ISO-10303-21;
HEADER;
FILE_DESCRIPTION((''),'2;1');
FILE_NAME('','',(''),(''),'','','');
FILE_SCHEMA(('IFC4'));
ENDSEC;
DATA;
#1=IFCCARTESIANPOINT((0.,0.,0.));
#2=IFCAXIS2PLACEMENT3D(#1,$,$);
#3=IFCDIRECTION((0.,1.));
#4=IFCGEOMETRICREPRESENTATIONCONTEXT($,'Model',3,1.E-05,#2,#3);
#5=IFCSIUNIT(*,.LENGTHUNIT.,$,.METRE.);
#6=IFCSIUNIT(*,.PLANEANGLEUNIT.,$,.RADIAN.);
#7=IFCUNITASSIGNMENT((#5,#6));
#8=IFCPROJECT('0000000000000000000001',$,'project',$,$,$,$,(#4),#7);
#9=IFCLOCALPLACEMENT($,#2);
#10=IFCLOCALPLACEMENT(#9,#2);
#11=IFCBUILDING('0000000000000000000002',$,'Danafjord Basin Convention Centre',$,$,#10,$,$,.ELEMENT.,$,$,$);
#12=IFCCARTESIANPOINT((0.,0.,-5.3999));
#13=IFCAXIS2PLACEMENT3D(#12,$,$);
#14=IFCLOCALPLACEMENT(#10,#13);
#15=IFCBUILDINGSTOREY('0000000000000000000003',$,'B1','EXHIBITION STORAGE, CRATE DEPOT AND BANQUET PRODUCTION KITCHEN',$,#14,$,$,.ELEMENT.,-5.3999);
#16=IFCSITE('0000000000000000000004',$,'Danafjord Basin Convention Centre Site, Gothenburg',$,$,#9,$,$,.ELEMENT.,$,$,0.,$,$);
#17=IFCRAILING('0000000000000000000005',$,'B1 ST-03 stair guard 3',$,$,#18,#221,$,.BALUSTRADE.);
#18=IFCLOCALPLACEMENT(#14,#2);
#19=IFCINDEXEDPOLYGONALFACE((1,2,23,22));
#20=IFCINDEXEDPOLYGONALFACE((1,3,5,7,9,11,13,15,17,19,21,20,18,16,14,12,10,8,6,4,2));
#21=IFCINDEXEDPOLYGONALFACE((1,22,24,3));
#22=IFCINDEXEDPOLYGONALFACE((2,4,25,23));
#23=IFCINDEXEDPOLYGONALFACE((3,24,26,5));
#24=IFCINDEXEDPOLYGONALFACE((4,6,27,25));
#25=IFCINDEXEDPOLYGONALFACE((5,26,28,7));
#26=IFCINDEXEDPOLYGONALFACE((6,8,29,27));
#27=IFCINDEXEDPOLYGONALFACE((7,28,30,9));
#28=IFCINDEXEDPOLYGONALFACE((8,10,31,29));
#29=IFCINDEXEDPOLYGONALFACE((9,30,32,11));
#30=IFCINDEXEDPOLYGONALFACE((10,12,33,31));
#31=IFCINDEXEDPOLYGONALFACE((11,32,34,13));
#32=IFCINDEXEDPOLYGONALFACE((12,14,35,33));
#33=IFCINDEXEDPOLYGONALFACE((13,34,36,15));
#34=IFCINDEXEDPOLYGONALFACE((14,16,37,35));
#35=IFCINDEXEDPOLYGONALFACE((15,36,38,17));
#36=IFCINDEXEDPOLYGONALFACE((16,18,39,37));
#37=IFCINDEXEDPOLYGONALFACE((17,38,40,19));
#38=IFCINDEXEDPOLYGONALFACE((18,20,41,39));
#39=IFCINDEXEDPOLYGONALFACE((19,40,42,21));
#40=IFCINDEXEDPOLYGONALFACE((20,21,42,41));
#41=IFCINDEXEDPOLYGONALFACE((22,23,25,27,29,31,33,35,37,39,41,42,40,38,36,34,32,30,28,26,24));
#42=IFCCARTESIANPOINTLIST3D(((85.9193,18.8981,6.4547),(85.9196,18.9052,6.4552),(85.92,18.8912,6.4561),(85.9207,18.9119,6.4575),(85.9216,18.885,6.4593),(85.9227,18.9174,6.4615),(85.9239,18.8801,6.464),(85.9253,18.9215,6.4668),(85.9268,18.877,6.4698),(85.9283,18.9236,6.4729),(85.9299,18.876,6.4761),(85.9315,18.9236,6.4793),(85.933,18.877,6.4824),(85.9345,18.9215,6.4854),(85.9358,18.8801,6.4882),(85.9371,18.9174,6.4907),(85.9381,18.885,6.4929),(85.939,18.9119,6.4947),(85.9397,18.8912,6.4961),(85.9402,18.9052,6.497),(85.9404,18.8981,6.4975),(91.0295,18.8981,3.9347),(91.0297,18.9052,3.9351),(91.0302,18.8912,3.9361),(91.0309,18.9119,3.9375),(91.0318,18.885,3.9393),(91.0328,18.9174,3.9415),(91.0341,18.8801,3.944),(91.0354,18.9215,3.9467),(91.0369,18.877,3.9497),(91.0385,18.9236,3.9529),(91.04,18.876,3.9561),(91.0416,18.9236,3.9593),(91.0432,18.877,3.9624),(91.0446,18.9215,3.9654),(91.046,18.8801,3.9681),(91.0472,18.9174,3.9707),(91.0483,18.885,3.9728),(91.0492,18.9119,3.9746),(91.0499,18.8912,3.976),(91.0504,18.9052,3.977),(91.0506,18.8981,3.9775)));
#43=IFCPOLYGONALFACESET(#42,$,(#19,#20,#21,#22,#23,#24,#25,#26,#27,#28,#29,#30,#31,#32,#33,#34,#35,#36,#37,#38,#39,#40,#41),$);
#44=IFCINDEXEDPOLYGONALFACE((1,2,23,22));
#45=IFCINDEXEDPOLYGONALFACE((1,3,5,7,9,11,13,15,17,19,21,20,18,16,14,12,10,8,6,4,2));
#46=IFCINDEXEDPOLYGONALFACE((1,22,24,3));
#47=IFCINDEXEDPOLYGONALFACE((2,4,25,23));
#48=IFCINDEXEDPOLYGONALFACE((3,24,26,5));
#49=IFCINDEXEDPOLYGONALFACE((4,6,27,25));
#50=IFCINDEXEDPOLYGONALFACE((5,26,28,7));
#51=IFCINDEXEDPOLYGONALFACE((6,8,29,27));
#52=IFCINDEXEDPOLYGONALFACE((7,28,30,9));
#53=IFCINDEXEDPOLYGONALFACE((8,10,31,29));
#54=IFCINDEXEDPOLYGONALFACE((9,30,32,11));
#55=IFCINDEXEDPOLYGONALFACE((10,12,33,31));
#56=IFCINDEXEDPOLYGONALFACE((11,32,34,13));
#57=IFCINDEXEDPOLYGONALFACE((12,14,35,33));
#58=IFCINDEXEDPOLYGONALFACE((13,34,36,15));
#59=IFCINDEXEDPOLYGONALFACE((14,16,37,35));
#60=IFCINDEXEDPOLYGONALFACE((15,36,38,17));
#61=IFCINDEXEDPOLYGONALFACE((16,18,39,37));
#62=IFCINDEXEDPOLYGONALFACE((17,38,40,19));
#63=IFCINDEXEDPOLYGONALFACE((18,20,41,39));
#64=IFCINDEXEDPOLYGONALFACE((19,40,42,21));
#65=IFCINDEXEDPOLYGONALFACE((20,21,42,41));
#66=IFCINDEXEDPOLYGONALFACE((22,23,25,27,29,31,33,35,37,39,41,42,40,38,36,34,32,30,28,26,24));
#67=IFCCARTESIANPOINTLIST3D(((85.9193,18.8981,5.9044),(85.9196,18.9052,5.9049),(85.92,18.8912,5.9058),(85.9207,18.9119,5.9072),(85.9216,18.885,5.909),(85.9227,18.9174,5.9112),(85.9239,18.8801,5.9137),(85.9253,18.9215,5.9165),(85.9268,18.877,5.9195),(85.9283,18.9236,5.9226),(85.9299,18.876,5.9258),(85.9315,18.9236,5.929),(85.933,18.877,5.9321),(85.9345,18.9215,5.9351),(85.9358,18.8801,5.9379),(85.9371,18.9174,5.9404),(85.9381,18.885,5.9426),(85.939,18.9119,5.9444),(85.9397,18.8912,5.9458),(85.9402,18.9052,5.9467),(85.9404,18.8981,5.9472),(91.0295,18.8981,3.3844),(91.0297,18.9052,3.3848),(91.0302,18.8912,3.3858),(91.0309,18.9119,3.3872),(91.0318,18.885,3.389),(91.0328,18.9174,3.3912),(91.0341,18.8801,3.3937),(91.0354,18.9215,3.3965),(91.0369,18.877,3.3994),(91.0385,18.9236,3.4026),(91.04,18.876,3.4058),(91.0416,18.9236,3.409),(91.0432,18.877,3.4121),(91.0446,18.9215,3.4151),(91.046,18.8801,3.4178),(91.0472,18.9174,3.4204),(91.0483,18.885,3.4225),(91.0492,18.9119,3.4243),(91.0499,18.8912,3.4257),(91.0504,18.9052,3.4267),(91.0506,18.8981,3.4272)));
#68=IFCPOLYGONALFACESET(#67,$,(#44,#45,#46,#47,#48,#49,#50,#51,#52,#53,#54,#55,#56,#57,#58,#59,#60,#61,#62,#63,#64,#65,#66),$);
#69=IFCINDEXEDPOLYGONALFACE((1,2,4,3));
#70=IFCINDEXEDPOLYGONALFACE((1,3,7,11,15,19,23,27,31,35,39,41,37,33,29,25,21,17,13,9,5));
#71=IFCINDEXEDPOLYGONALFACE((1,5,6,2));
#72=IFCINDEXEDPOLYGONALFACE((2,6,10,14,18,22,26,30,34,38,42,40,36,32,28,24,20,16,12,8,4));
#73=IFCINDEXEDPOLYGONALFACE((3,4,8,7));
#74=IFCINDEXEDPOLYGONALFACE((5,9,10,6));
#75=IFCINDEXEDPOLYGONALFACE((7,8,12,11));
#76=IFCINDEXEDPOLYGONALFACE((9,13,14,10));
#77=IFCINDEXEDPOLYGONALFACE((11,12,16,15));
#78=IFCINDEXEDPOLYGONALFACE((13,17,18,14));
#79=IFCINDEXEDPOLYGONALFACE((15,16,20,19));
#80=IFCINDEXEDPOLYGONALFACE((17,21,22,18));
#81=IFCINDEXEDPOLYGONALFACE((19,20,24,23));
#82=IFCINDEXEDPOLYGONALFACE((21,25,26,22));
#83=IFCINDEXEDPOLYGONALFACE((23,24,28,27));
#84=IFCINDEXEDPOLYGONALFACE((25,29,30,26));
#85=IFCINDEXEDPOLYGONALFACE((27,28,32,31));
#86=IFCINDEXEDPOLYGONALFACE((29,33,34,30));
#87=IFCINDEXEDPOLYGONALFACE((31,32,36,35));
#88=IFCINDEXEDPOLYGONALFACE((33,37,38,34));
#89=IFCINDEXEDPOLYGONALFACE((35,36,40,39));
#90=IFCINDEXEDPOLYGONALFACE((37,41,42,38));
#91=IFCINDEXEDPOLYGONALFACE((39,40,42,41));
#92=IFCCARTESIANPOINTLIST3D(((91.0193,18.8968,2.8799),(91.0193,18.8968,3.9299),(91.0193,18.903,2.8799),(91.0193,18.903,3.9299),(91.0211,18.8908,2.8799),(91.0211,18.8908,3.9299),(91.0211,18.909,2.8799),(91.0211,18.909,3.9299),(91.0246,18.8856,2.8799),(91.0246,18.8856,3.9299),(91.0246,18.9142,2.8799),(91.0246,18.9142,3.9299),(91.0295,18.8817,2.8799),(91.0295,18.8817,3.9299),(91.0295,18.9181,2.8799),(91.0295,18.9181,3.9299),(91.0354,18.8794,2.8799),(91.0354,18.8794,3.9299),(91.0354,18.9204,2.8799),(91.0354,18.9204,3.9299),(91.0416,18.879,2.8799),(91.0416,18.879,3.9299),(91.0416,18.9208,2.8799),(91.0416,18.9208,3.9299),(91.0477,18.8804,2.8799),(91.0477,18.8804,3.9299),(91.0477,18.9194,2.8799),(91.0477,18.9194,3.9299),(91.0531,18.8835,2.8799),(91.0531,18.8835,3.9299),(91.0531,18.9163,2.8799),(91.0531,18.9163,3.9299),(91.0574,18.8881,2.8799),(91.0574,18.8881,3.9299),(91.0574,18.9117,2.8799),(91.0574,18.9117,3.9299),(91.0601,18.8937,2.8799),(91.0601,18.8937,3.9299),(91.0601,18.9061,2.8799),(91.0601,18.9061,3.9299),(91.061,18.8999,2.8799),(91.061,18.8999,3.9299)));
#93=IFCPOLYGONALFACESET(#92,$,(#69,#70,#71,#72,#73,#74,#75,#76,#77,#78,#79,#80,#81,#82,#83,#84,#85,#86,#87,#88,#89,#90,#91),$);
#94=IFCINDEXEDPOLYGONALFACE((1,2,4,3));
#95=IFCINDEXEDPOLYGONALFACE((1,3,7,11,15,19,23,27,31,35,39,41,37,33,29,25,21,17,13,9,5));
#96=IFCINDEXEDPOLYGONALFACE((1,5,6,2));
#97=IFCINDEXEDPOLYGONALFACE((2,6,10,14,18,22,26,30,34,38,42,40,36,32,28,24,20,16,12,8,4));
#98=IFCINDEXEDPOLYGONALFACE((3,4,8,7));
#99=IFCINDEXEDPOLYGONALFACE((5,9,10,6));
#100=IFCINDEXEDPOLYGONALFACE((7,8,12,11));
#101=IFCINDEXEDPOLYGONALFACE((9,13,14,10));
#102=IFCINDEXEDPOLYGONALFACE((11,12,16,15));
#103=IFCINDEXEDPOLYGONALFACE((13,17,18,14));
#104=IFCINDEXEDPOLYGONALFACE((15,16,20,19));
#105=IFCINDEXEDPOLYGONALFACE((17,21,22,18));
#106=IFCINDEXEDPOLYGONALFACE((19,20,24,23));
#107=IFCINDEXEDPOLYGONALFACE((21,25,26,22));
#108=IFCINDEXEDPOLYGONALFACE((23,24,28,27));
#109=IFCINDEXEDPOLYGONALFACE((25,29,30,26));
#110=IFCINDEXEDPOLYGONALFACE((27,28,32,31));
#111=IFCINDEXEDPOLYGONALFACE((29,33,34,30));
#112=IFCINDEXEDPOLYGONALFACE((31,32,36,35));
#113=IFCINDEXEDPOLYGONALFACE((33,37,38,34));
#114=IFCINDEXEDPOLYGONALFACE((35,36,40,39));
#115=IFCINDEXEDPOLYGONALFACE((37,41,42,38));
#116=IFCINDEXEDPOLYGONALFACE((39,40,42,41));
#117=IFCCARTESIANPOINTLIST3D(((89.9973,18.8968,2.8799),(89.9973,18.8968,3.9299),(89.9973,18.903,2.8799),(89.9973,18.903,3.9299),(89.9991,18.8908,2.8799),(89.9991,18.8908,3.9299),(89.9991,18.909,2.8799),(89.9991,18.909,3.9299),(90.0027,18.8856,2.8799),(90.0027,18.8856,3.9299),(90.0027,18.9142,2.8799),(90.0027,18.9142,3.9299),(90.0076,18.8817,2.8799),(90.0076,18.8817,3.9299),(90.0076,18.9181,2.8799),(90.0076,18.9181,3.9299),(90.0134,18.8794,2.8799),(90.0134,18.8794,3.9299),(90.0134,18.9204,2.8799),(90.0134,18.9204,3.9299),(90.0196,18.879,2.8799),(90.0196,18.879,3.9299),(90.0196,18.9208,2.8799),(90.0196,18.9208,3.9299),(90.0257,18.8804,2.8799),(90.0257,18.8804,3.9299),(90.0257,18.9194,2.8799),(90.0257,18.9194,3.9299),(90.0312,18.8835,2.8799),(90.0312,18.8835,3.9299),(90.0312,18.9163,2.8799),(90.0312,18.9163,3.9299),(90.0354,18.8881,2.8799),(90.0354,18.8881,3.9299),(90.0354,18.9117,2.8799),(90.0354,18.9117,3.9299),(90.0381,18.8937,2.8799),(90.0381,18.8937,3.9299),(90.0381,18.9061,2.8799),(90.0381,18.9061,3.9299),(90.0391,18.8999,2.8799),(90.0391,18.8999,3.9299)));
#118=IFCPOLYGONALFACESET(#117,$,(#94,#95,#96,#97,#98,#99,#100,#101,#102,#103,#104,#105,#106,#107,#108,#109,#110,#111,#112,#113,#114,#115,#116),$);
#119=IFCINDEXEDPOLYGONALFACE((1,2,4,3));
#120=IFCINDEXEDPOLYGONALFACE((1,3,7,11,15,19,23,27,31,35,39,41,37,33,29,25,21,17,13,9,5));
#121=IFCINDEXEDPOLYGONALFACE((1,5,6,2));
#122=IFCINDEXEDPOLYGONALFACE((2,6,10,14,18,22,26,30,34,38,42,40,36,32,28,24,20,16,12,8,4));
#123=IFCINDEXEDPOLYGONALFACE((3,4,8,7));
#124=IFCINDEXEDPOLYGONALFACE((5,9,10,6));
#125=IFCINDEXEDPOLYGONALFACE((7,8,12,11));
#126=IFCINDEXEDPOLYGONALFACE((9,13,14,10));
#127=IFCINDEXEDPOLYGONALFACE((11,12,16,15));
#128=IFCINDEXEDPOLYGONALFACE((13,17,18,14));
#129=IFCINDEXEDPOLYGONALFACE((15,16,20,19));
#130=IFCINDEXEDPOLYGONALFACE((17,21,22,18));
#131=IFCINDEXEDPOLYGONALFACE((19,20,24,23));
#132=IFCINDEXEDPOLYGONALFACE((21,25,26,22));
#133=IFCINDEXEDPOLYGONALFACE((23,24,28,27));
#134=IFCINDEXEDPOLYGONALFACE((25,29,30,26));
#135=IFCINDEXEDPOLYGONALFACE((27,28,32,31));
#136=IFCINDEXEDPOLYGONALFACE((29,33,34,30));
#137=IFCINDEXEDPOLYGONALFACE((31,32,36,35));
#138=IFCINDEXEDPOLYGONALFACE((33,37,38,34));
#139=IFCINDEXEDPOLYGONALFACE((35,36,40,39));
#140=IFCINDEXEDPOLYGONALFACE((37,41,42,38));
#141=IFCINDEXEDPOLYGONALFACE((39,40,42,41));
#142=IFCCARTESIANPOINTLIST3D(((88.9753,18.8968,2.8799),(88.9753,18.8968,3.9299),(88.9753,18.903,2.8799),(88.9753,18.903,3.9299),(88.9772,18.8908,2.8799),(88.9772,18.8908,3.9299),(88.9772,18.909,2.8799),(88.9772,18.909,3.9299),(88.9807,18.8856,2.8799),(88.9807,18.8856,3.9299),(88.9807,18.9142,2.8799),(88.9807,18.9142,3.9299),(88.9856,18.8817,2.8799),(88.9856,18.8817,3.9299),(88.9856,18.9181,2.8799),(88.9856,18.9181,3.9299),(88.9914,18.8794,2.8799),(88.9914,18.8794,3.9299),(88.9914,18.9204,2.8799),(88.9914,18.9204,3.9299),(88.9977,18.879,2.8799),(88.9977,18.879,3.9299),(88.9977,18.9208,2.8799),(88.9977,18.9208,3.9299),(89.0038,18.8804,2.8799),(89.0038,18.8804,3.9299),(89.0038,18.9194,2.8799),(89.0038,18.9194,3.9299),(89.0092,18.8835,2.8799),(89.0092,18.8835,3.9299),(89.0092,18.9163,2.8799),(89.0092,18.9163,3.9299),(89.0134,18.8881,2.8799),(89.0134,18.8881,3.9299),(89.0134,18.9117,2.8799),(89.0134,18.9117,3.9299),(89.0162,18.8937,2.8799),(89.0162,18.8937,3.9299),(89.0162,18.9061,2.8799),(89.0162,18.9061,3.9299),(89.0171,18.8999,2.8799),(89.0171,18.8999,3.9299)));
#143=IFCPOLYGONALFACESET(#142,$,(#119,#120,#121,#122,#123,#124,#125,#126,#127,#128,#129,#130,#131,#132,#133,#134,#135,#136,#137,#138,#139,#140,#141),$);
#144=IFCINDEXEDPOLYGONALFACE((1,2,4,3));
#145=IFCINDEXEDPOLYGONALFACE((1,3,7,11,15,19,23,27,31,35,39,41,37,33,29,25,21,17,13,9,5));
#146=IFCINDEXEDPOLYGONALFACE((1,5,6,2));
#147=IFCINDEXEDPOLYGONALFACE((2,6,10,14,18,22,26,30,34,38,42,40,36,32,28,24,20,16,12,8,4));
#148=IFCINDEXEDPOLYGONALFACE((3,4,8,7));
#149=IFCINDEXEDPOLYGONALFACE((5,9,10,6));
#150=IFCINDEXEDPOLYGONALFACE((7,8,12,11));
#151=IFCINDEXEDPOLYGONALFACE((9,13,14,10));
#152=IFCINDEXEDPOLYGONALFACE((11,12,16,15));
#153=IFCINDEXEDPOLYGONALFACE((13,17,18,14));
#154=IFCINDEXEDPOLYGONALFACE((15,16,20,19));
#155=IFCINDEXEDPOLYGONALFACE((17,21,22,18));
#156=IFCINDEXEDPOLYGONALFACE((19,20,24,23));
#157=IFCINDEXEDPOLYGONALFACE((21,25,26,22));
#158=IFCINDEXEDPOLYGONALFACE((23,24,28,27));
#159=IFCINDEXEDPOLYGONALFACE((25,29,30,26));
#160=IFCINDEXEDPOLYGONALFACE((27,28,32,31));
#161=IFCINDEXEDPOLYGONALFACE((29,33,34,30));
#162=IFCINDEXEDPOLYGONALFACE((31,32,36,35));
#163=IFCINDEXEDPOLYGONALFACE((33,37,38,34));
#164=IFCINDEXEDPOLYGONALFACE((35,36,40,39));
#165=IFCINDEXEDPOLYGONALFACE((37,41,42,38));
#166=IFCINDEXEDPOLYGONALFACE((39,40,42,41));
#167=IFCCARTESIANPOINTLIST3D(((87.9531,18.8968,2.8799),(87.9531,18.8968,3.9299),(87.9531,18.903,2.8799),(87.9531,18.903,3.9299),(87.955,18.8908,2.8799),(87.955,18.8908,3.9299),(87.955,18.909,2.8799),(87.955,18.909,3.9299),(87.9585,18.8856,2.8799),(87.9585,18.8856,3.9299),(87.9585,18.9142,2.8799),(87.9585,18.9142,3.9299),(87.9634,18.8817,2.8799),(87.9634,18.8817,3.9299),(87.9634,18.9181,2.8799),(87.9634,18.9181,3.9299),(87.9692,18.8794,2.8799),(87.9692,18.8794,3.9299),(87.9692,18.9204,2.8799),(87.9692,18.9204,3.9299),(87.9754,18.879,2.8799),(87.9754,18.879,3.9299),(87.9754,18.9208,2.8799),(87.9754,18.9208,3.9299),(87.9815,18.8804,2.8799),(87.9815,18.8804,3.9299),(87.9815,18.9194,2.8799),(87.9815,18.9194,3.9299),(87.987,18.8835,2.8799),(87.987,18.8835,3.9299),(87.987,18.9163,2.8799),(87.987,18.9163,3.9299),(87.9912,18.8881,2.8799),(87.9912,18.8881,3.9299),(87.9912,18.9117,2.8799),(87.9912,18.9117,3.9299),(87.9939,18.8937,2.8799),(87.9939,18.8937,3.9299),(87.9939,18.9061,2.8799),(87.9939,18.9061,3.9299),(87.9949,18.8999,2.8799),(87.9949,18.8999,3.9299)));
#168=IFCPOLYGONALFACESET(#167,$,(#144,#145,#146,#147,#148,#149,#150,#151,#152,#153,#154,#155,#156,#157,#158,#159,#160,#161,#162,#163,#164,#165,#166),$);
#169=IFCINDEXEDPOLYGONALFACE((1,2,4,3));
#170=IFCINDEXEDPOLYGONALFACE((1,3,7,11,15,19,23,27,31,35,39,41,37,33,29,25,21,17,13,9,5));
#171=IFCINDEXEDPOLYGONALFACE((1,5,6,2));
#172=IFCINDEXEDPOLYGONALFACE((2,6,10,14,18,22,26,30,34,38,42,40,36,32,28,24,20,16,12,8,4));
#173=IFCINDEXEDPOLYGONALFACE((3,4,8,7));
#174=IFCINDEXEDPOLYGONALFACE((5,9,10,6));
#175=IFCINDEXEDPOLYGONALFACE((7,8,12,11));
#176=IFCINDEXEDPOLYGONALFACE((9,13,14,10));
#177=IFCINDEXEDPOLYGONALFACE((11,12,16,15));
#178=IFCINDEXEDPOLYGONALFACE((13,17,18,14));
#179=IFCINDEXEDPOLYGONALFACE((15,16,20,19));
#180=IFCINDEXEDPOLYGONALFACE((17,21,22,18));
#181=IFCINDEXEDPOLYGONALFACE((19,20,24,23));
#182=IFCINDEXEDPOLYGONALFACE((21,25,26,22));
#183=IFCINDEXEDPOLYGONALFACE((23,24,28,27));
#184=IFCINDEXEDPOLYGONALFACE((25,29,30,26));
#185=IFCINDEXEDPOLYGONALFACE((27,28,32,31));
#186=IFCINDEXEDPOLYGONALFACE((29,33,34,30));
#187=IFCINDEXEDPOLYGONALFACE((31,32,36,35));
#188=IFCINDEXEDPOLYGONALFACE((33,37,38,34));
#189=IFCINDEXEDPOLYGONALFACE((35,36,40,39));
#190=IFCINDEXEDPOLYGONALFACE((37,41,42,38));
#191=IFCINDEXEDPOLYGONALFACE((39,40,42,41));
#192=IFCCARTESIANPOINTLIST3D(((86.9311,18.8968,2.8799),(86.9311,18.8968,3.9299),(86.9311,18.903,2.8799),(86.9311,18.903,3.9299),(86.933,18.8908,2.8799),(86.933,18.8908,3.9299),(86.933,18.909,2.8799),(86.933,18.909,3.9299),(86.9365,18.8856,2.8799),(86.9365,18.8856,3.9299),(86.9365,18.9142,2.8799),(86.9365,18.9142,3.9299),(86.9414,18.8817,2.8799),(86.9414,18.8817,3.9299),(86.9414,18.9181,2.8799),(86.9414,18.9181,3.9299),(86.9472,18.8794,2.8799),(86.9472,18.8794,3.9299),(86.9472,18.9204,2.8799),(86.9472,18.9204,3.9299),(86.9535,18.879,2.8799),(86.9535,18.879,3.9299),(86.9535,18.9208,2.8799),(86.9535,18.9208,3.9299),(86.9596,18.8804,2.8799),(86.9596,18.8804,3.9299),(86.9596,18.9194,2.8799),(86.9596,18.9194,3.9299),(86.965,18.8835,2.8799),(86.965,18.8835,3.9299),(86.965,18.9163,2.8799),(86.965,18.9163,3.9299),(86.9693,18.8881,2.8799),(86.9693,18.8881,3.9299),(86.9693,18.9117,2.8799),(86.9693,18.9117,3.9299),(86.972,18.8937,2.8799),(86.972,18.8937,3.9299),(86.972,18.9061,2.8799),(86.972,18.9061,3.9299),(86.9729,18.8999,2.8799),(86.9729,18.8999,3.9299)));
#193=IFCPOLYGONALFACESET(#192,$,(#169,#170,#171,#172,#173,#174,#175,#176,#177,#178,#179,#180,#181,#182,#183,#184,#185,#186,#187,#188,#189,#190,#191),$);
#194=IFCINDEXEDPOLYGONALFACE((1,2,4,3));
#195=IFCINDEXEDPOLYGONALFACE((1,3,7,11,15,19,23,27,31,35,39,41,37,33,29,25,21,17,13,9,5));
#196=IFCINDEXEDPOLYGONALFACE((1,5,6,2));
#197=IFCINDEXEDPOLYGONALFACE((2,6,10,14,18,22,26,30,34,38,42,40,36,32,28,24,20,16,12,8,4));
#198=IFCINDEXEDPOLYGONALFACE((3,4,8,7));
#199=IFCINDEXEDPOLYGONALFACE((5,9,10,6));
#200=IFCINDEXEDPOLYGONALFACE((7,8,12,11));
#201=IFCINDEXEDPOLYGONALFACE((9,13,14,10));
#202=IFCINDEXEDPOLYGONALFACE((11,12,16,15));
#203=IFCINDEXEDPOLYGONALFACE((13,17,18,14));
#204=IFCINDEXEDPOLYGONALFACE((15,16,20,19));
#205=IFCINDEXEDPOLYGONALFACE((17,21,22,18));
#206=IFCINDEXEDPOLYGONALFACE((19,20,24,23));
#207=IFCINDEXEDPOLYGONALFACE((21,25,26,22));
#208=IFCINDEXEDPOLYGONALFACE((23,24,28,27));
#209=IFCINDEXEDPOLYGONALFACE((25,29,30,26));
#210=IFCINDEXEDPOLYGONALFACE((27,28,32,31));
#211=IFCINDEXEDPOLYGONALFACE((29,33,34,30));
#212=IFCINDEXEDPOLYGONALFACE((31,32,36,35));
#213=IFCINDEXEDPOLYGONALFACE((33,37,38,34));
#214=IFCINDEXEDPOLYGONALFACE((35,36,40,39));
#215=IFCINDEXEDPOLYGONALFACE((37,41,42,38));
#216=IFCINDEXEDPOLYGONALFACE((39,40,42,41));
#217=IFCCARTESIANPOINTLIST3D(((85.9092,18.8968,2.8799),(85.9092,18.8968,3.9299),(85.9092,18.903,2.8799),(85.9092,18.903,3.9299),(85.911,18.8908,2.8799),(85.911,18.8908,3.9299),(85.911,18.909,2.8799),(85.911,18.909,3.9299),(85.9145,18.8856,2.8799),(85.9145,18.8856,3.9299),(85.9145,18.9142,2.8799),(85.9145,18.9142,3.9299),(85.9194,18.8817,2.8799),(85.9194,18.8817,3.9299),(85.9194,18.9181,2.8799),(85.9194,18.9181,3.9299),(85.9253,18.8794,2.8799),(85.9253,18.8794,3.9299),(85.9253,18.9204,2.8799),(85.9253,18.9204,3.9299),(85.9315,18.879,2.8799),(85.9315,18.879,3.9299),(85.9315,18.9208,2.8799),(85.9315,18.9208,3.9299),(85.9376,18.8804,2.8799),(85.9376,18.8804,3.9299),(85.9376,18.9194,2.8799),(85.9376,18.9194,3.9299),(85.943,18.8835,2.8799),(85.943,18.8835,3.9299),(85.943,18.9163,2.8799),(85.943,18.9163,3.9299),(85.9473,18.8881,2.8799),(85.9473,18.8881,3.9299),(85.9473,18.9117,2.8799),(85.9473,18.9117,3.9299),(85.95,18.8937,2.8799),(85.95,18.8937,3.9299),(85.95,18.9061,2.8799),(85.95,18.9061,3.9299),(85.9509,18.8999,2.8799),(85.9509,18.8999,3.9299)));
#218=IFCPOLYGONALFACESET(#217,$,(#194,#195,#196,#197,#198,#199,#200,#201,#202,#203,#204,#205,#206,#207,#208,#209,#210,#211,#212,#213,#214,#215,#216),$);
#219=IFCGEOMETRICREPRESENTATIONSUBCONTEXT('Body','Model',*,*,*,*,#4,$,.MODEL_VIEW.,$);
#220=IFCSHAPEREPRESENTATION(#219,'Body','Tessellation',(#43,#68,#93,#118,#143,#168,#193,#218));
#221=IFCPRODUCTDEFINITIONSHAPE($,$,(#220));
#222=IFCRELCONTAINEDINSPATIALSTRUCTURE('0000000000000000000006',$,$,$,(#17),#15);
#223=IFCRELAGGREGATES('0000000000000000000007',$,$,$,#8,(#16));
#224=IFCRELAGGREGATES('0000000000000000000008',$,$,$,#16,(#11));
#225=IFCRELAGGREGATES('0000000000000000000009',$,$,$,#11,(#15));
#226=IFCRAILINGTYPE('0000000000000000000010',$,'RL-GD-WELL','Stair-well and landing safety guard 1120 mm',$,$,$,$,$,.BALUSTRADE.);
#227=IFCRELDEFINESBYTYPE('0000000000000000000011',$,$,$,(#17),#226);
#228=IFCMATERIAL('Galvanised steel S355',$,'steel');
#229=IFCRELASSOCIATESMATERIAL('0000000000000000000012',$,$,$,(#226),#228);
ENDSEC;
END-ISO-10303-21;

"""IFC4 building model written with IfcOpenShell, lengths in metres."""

from ifc_helpers import new_model, si_unit, direction, frame, origin, origin_2d, place, context, subcontext, project, spatial, circle, extrude, material, type_object, element, save


model = new_model("IFC4")

# Units and contexts
model_context = context("Model", 3, precision=1e-05, world=origin(), true_north=direction((0.0, 1.0)))
body_context = subcontext(model_context, "Body", "Model", "MODEL_VIEW")
ifc_project = project(units=[si_unit("LENGTHUNIT", "METRE"), si_unit("PLANEANGLEUNIT", "RADIAN")], contexts=[model_context])

# Site, building, storey
site_placement = place(None, origin())
site = spatial("IfcSite", under=ifc_project, at=site_placement, Name="Danafjord Basin Convention Centre Site, Gothenburg", CompositionType="ELEMENT", RefElevation=0.0)
building_placement = place(site_placement, origin())
building = spatial("IfcBuilding", under=site, at=building_placement, Name="Danafjord Basin Convention Centre", CompositionType="ELEMENT")
storey_placement = place(building_placement, frame((0.0, 0.0, -5.3999)))
storey = spatial("IfcBuildingStorey", under=building, at=storey_placement, Name="B1", Description="EXHIBITION STORAGE, CRATE DEPOT AND BANQUET PRODUCTION KITCHEN", CompositionType="ELEMENT", Elevation=-5.3999)

# Railing
ifc_material_1 = material(Name="Galvanised steel S355", Category="steel")
railing_type_1 = type_object("IfcRailingType", Name="RL-GD-WELL", Description="Stair-well and landing safety guard 1120 mm", PredefinedType="BALUSTRADE", material=ifc_material_1)
railing_1_placement = place(storey_placement, frame((91.04, 18.8999, 2.8799)))
element("IfcRailing", 1, at=railing_1_placement, inside=storey, type_object=railing_type_1, Name="B1 ST-03 stair guard 3", PredefinedType="BALUSTRADE", context=body_context, shape_type="SweptSolid", body=[
    extrude(circle(Radius=0.0239, at=origin_2d()), frame((0.0, 0.0, 1.0762), z_axis=(-0.896873, 0.0, 0.442288), x_axis=(0.0, -1.0, 0.0)), (0.0, 0.0, 1.0), 5.6978),
    extrude(circle(Radius=0.0239, at=origin_2d()), frame((0.0, 0.0, 0.5259), z_axis=(-0.896873, 0.0, 0.442288), x_axis=(0.0, -1.0, 0.0)), (0.0, 0.0, 1.0), 5.6978),
    extrude(circle(Radius=0.021, at=origin_2d()), origin(), (0.0, 0.0, 1.0), 1.05),
    extrude(circle(Radius=0.021, at=origin_2d()), frame((-1.022, 0.0, 0.0)), (0.0, 0.0, 1.0), 1.05),
    extrude(circle(Radius=0.021, at=origin_2d()), frame((-2.0439, 0.0, 0.0)), (0.0, 0.0, 1.0), 1.05),
    extrude(circle(Radius=0.021, at=origin_2d()), frame((-3.0662, 0.0, 0.0)), (0.0, 0.0, 1.0), 1.05),
    extrude(circle(Radius=0.021, at=origin_2d()), frame((-4.0881, 0.0, 0.0)), (0.0, 0.0, 1.0), 1.05),
    extrude(circle(Radius=0.021, at=origin_2d()), frame((-5.1101, 0.0, 0.0)), (0.0, 0.0, 1.0), 1.05),
])

save(model, "model.ifc")
